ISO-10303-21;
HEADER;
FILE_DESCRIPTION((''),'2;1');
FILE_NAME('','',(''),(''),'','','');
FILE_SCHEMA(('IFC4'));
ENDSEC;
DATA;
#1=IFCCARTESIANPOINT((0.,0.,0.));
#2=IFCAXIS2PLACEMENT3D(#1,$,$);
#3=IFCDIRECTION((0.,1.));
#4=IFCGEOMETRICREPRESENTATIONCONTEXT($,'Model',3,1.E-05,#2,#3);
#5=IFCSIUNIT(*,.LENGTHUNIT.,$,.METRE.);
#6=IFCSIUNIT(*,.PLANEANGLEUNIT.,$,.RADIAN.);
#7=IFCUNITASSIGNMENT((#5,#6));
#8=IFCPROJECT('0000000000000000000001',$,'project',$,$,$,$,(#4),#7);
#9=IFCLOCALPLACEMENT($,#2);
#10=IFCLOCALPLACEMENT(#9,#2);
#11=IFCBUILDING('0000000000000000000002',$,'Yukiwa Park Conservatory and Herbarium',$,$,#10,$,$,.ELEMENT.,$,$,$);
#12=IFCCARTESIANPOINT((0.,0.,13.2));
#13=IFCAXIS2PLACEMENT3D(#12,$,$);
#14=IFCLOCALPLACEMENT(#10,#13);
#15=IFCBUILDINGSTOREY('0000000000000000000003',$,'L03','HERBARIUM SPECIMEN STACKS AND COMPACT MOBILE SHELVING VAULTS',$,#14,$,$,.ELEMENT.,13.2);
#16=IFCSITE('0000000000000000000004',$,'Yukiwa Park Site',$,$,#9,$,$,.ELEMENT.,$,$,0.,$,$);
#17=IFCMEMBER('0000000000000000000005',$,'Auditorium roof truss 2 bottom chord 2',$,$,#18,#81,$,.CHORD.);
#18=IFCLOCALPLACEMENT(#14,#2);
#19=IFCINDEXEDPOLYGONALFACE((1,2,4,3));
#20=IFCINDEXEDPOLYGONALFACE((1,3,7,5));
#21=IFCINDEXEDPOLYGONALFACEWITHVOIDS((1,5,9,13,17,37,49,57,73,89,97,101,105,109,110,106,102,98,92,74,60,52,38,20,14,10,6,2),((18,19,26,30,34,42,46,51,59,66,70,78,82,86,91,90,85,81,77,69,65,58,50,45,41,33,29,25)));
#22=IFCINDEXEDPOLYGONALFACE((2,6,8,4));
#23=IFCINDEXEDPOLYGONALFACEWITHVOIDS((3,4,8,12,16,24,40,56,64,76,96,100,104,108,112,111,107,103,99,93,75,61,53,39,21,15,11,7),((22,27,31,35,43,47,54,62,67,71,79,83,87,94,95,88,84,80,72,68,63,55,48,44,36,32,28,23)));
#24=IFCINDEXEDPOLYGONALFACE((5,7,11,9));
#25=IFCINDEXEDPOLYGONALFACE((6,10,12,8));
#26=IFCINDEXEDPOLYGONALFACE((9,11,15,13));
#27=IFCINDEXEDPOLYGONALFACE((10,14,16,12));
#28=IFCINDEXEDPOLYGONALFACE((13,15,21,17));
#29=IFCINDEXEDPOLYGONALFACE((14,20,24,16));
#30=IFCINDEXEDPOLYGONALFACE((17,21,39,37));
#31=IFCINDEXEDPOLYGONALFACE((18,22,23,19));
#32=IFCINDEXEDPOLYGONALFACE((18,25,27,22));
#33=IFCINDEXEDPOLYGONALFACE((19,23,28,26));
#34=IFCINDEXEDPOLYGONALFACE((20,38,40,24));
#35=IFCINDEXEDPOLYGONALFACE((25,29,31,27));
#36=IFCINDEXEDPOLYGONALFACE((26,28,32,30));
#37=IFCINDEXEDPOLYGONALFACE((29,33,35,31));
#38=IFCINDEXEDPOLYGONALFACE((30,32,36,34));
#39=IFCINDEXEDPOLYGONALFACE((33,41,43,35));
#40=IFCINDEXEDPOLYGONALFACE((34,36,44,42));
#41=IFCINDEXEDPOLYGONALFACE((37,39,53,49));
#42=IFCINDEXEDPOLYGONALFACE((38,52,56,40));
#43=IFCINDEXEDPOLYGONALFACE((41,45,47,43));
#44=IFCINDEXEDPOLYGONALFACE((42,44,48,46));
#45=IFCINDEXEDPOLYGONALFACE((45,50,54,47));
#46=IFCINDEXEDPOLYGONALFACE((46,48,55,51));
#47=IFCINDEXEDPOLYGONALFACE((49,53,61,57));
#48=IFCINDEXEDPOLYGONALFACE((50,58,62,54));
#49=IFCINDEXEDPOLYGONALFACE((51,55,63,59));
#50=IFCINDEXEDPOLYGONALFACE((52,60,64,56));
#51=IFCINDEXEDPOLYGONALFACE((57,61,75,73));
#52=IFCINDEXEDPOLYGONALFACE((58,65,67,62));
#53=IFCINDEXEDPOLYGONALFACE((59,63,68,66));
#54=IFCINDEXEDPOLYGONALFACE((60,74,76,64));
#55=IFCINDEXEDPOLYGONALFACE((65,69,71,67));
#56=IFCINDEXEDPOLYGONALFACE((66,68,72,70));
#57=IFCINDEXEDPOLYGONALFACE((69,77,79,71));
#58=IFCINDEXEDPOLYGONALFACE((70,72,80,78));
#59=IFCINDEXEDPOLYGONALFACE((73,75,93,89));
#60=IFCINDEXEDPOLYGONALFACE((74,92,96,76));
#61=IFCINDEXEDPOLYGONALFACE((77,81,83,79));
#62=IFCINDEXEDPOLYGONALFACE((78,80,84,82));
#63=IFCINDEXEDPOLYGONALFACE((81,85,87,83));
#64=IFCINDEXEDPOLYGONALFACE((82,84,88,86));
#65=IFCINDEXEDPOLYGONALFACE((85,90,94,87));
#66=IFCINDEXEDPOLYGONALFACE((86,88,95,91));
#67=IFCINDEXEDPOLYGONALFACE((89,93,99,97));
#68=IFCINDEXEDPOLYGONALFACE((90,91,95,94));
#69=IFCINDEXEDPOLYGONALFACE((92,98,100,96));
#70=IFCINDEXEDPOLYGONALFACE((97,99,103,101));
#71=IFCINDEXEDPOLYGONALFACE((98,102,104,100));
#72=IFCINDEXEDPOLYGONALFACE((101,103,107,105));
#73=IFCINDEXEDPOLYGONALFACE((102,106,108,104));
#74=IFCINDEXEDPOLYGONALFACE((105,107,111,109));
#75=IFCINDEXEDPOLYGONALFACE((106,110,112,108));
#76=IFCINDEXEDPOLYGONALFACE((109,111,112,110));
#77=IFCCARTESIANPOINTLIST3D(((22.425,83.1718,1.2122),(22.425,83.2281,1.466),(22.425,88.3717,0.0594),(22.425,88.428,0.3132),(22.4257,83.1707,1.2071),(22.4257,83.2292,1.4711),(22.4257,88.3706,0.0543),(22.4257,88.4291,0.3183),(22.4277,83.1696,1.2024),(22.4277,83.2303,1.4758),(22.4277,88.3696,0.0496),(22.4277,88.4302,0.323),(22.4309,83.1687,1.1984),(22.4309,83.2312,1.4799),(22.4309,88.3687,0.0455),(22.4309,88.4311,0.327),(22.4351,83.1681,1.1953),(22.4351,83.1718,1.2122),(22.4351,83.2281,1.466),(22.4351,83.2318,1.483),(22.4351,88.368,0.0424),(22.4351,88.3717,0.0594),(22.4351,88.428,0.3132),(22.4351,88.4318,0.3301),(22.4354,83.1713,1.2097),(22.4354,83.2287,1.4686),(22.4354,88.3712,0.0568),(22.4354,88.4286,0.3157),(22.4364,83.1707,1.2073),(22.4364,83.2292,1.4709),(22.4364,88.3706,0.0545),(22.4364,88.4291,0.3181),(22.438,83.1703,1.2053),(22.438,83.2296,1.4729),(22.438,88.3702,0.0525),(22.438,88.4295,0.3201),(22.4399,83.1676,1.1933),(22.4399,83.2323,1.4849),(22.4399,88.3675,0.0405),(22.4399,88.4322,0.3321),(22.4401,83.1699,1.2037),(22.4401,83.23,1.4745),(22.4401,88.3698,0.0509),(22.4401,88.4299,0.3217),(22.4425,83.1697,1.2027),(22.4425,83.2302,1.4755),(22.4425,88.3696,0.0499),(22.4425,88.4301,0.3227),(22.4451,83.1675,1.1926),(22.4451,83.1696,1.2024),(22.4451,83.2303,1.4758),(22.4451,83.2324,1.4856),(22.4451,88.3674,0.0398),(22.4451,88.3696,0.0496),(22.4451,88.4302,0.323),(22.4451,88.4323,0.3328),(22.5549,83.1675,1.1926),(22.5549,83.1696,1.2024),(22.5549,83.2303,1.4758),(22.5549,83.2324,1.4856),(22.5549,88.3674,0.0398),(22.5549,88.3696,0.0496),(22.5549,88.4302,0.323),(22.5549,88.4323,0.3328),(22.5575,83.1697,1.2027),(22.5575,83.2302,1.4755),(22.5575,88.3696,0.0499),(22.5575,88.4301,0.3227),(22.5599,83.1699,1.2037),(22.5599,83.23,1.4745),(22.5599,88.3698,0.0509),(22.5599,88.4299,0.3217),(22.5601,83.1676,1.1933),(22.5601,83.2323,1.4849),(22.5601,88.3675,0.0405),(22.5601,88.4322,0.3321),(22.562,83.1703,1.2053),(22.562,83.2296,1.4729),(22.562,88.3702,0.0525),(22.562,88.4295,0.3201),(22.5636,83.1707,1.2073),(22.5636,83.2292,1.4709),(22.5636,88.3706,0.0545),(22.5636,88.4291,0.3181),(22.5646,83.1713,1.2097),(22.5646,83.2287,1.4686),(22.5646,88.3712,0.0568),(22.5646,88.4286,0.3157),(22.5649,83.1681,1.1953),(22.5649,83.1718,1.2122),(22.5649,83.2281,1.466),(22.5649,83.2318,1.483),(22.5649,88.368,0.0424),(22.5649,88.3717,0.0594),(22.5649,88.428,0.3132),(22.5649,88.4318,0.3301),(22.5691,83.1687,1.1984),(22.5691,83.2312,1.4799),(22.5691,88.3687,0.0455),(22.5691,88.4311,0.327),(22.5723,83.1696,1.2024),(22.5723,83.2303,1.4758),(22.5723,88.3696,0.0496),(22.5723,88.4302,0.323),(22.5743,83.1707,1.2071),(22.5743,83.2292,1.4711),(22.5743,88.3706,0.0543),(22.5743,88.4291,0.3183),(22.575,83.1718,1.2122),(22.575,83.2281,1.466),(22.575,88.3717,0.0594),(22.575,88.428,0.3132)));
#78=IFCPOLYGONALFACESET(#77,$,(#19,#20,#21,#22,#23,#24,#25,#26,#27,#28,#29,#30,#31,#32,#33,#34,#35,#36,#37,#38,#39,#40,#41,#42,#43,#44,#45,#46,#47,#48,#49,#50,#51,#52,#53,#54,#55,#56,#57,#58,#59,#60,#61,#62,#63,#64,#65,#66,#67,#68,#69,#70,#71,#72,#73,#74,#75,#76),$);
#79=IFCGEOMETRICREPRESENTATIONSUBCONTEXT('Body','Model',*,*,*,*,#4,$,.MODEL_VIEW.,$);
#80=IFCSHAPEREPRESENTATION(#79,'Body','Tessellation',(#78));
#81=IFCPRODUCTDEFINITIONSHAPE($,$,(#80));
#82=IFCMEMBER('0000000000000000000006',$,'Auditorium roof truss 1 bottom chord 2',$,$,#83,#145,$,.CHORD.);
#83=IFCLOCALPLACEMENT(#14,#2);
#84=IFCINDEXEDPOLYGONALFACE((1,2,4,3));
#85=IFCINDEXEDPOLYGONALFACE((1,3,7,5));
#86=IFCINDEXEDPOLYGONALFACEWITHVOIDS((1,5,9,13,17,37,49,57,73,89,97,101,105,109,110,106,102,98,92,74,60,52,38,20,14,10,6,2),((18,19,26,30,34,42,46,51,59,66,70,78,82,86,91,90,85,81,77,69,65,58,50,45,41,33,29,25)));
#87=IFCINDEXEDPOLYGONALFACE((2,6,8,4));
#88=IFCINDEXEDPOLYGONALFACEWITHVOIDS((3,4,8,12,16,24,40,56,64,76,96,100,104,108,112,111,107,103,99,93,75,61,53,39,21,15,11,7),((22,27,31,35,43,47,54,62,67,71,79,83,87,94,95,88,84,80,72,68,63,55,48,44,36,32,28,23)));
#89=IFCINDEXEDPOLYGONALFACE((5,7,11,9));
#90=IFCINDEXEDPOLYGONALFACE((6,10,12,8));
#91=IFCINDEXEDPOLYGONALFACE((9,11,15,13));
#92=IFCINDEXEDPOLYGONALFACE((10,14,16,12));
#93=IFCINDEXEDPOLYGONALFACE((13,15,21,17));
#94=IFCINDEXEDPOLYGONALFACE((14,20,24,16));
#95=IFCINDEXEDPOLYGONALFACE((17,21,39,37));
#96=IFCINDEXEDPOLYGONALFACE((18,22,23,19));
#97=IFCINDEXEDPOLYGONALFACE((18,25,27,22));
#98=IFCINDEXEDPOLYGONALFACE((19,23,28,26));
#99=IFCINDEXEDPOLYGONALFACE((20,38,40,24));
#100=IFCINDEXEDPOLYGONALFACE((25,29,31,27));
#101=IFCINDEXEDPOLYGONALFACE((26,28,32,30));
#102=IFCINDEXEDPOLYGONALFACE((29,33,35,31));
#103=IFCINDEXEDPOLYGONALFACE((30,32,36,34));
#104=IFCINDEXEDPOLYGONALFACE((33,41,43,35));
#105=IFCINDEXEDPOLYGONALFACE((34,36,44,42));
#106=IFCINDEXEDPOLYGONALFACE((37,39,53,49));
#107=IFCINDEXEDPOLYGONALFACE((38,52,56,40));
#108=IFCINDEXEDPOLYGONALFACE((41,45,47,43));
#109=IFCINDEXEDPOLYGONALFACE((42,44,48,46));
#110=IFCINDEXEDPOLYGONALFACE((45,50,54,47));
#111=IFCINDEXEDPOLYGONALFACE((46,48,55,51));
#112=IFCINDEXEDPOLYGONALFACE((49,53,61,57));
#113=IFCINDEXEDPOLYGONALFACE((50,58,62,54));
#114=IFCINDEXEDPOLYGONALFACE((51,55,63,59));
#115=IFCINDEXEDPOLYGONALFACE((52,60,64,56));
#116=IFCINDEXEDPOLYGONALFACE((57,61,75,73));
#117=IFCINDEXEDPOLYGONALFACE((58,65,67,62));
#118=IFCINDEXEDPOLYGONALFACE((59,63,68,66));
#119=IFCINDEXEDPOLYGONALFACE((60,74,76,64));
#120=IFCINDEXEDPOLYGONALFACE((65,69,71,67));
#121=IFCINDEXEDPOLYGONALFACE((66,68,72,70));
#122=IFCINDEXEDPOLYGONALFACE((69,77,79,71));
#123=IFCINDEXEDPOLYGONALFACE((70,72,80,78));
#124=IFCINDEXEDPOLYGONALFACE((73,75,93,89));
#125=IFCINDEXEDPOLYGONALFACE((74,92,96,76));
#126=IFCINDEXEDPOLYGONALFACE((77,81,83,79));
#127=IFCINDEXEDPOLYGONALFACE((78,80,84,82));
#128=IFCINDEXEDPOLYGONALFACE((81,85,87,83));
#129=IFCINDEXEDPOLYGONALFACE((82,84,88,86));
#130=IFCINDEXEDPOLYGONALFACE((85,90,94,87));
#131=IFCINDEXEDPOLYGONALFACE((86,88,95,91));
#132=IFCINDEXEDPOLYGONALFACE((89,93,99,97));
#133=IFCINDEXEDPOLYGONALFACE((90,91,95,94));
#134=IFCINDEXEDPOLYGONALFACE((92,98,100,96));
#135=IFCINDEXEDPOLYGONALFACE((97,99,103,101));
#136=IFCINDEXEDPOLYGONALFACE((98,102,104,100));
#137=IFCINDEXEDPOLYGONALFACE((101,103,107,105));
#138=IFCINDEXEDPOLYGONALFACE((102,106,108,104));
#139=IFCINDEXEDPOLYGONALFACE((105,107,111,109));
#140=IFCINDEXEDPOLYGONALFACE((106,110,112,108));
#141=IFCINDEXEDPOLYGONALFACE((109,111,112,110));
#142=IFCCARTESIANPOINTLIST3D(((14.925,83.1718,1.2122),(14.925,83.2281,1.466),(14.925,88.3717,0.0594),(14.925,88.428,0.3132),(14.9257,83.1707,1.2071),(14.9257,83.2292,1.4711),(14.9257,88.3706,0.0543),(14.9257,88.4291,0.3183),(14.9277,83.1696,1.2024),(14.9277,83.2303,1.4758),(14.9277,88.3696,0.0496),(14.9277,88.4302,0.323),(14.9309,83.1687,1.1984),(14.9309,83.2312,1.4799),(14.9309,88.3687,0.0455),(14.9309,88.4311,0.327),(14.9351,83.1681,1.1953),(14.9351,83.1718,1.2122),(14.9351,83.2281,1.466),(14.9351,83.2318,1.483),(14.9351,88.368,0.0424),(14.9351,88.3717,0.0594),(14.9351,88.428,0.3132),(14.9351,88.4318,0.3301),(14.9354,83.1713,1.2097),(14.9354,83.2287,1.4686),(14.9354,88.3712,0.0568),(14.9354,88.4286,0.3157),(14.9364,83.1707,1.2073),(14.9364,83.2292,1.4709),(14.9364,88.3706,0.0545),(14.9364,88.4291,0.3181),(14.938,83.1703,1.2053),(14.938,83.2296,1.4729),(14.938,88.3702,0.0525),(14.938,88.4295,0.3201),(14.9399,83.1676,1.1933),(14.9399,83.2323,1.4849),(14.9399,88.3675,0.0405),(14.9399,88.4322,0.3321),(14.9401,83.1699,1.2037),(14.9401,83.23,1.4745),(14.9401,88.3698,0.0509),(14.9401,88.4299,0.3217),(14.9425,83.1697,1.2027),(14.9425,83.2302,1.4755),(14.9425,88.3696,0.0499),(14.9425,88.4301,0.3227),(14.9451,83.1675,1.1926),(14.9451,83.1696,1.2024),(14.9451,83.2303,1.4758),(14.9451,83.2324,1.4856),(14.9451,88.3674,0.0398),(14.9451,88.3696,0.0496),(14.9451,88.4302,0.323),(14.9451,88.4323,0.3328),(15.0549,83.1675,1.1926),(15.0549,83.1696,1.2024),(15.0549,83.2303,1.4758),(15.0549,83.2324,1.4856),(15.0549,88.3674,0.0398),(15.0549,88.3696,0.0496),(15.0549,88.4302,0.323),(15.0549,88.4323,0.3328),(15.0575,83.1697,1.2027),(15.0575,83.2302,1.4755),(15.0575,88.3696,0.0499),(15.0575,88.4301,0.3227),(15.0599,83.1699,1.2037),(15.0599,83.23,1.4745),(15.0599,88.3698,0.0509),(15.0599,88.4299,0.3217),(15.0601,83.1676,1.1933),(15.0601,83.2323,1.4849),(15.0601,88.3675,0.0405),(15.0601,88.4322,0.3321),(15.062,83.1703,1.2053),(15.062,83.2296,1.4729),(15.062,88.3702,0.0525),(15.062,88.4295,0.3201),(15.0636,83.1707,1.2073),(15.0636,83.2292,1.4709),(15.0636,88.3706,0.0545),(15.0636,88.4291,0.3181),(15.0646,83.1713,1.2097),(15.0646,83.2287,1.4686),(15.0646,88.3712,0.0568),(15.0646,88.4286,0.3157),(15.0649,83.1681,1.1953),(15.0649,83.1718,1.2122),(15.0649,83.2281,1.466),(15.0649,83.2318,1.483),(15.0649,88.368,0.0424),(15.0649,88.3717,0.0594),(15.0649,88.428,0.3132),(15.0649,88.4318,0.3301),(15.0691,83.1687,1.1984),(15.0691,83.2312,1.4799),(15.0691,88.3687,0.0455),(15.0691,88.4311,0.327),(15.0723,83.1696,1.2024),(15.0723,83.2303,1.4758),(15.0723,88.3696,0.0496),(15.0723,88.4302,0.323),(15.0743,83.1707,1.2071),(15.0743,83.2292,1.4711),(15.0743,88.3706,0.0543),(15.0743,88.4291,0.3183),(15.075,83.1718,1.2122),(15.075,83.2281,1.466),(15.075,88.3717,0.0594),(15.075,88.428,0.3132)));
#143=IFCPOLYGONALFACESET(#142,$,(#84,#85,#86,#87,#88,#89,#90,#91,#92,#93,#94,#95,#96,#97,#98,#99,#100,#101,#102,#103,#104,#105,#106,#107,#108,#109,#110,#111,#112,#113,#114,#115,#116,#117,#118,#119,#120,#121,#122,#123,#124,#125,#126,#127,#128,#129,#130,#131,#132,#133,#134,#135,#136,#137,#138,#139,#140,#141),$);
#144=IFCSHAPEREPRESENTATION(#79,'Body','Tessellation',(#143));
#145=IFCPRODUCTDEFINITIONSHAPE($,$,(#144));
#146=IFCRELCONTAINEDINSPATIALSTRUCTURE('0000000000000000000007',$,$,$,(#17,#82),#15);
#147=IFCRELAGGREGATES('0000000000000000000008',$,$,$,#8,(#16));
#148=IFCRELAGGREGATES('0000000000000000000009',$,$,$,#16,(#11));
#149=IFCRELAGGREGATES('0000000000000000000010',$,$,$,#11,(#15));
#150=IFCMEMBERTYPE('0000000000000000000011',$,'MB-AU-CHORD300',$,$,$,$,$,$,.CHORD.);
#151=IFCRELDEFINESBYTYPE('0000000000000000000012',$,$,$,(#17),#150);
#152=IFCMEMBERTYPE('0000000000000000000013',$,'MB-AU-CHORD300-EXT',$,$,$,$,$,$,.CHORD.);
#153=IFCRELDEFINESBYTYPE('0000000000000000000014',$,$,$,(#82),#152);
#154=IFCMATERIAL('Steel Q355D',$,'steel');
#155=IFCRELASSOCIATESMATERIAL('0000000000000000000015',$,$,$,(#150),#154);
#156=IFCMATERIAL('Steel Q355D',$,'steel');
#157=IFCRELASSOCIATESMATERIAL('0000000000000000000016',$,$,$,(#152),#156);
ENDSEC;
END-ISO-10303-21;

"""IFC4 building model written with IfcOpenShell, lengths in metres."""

from ifc_helpers import new_model, si_unit, direction, frame, origin, origin_2d, place, context, subcontext, project, spatial, hollow_rectangle, extrude, material, material_profile, profile_set, type_object, element, save


model = new_model("IFC4")

# Units and contexts
model_context = context("Model", 3, precision=1e-05, world=origin(), true_north=direction((0.0, 1.0)))
body_context = subcontext(model_context, "Body", "Model", "MODEL_VIEW")
ifc_project = project(units=[si_unit("LENGTHUNIT", "METRE"), si_unit("PLANEANGLEUNIT", "RADIAN")], contexts=[model_context])

# Site, building, storey
site_placement = place(None, origin())
site = spatial("IfcSite", under=ifc_project, at=site_placement, Name="Yukiwa Park Site", CompositionType="ELEMENT", RefElevation=0.0)
building_placement = place(site_placement, origin())
building = spatial("IfcBuilding", under=site, at=building_placement, Name="Yukiwa Park Conservatory and Herbarium", CompositionType="ELEMENT")
storey_placement = place(building_placement, frame((0.0, 0.0, 13.2)))
storey = spatial("IfcBuildingStorey", under=building, at=storey_placement, Name="L03", Description="HERBARIUM SPECIMEN STACKS AND COMPACT MOBILE SHELVING VAULTS", CompositionType="ELEMENT", Elevation=13.2)

# Members
ifc_material_1 = material(Name="Steel Q355D", Category="steel")
ifc_material_profile_1 = material_profile(ifc_material_1, hollow_rectangle(XDim=0.1499, YDim=0.3, WallThickness=0.01, InnerFilletRadius=0.01, OuterFilletRadius=0.02, at=origin_2d()), Name="RHS 300x150x10")
ifc_profile_set_1 = profile_set([ifc_material_profile_1], Name="Steel Q355D")
member_type_1 = type_object("IfcMemberType", Name="MB-AU-CHORD300", PredefinedType="CHORD", material=ifc_profile_set_1)
member_1_placement = place(storey_placement, frame((22.5, 83.2, 1.3391), z_axis=(0.0, 0.976295, -0.216445), x_axis=(-1.0, 0.0, 0.0)))
element("IfcMember", 1, at=member_1_placement, inside=storey, type_object=member_type_1, Name="Auditorium roof truss 2 bottom chord 2", PredefinedType="CHORD", context=body_context, shape_type="SweptSolid", body=[
    extrude(hollow_rectangle(XDim=0.1499, YDim=0.3, WallThickness=0.01, InnerFilletRadius=0.01, OuterFilletRadius=0.02, at=origin_2d()), origin(), (0.0, 0.0, 1.0), 5.3262),
])
ifc_material_2 = material(Name="Steel Q355D", Category="steel")
ifc_material_profile_2 = material_profile(ifc_material_2, hollow_rectangle(XDim=0.1499, YDim=0.3, WallThickness=0.01, InnerFilletRadius=0.01, OuterFilletRadius=0.02, at=origin_2d()), Name="RHS 300x150x10")
ifc_profile_set_2 = profile_set([ifc_material_profile_2], Name="Steel Q355D")
member_type_2 = type_object("IfcMemberType", Name="MB-AU-CHORD300-EXT", PredefinedType="CHORD", material=ifc_profile_set_2)
member_2_placement = place(storey_placement, frame((15.0, 83.2, 1.3391), z_axis=(0.0, 0.976295, -0.216445), x_axis=(-1.0, 0.0, 0.0)))
element("IfcMember", 2, at=member_2_placement, inside=storey, type_object=member_type_2, Name="Auditorium roof truss 1 bottom chord 2", PredefinedType="CHORD", context=body_context, shape_type="SweptSolid", body=[
    extrude(hollow_rectangle(XDim=0.1499, YDim=0.3, WallThickness=0.01, InnerFilletRadius=0.01, OuterFilletRadius=0.02, at=origin_2d()), origin(), (0.0, 0.0, 1.0), 5.3262),
])

save(model, "model.ifc")
